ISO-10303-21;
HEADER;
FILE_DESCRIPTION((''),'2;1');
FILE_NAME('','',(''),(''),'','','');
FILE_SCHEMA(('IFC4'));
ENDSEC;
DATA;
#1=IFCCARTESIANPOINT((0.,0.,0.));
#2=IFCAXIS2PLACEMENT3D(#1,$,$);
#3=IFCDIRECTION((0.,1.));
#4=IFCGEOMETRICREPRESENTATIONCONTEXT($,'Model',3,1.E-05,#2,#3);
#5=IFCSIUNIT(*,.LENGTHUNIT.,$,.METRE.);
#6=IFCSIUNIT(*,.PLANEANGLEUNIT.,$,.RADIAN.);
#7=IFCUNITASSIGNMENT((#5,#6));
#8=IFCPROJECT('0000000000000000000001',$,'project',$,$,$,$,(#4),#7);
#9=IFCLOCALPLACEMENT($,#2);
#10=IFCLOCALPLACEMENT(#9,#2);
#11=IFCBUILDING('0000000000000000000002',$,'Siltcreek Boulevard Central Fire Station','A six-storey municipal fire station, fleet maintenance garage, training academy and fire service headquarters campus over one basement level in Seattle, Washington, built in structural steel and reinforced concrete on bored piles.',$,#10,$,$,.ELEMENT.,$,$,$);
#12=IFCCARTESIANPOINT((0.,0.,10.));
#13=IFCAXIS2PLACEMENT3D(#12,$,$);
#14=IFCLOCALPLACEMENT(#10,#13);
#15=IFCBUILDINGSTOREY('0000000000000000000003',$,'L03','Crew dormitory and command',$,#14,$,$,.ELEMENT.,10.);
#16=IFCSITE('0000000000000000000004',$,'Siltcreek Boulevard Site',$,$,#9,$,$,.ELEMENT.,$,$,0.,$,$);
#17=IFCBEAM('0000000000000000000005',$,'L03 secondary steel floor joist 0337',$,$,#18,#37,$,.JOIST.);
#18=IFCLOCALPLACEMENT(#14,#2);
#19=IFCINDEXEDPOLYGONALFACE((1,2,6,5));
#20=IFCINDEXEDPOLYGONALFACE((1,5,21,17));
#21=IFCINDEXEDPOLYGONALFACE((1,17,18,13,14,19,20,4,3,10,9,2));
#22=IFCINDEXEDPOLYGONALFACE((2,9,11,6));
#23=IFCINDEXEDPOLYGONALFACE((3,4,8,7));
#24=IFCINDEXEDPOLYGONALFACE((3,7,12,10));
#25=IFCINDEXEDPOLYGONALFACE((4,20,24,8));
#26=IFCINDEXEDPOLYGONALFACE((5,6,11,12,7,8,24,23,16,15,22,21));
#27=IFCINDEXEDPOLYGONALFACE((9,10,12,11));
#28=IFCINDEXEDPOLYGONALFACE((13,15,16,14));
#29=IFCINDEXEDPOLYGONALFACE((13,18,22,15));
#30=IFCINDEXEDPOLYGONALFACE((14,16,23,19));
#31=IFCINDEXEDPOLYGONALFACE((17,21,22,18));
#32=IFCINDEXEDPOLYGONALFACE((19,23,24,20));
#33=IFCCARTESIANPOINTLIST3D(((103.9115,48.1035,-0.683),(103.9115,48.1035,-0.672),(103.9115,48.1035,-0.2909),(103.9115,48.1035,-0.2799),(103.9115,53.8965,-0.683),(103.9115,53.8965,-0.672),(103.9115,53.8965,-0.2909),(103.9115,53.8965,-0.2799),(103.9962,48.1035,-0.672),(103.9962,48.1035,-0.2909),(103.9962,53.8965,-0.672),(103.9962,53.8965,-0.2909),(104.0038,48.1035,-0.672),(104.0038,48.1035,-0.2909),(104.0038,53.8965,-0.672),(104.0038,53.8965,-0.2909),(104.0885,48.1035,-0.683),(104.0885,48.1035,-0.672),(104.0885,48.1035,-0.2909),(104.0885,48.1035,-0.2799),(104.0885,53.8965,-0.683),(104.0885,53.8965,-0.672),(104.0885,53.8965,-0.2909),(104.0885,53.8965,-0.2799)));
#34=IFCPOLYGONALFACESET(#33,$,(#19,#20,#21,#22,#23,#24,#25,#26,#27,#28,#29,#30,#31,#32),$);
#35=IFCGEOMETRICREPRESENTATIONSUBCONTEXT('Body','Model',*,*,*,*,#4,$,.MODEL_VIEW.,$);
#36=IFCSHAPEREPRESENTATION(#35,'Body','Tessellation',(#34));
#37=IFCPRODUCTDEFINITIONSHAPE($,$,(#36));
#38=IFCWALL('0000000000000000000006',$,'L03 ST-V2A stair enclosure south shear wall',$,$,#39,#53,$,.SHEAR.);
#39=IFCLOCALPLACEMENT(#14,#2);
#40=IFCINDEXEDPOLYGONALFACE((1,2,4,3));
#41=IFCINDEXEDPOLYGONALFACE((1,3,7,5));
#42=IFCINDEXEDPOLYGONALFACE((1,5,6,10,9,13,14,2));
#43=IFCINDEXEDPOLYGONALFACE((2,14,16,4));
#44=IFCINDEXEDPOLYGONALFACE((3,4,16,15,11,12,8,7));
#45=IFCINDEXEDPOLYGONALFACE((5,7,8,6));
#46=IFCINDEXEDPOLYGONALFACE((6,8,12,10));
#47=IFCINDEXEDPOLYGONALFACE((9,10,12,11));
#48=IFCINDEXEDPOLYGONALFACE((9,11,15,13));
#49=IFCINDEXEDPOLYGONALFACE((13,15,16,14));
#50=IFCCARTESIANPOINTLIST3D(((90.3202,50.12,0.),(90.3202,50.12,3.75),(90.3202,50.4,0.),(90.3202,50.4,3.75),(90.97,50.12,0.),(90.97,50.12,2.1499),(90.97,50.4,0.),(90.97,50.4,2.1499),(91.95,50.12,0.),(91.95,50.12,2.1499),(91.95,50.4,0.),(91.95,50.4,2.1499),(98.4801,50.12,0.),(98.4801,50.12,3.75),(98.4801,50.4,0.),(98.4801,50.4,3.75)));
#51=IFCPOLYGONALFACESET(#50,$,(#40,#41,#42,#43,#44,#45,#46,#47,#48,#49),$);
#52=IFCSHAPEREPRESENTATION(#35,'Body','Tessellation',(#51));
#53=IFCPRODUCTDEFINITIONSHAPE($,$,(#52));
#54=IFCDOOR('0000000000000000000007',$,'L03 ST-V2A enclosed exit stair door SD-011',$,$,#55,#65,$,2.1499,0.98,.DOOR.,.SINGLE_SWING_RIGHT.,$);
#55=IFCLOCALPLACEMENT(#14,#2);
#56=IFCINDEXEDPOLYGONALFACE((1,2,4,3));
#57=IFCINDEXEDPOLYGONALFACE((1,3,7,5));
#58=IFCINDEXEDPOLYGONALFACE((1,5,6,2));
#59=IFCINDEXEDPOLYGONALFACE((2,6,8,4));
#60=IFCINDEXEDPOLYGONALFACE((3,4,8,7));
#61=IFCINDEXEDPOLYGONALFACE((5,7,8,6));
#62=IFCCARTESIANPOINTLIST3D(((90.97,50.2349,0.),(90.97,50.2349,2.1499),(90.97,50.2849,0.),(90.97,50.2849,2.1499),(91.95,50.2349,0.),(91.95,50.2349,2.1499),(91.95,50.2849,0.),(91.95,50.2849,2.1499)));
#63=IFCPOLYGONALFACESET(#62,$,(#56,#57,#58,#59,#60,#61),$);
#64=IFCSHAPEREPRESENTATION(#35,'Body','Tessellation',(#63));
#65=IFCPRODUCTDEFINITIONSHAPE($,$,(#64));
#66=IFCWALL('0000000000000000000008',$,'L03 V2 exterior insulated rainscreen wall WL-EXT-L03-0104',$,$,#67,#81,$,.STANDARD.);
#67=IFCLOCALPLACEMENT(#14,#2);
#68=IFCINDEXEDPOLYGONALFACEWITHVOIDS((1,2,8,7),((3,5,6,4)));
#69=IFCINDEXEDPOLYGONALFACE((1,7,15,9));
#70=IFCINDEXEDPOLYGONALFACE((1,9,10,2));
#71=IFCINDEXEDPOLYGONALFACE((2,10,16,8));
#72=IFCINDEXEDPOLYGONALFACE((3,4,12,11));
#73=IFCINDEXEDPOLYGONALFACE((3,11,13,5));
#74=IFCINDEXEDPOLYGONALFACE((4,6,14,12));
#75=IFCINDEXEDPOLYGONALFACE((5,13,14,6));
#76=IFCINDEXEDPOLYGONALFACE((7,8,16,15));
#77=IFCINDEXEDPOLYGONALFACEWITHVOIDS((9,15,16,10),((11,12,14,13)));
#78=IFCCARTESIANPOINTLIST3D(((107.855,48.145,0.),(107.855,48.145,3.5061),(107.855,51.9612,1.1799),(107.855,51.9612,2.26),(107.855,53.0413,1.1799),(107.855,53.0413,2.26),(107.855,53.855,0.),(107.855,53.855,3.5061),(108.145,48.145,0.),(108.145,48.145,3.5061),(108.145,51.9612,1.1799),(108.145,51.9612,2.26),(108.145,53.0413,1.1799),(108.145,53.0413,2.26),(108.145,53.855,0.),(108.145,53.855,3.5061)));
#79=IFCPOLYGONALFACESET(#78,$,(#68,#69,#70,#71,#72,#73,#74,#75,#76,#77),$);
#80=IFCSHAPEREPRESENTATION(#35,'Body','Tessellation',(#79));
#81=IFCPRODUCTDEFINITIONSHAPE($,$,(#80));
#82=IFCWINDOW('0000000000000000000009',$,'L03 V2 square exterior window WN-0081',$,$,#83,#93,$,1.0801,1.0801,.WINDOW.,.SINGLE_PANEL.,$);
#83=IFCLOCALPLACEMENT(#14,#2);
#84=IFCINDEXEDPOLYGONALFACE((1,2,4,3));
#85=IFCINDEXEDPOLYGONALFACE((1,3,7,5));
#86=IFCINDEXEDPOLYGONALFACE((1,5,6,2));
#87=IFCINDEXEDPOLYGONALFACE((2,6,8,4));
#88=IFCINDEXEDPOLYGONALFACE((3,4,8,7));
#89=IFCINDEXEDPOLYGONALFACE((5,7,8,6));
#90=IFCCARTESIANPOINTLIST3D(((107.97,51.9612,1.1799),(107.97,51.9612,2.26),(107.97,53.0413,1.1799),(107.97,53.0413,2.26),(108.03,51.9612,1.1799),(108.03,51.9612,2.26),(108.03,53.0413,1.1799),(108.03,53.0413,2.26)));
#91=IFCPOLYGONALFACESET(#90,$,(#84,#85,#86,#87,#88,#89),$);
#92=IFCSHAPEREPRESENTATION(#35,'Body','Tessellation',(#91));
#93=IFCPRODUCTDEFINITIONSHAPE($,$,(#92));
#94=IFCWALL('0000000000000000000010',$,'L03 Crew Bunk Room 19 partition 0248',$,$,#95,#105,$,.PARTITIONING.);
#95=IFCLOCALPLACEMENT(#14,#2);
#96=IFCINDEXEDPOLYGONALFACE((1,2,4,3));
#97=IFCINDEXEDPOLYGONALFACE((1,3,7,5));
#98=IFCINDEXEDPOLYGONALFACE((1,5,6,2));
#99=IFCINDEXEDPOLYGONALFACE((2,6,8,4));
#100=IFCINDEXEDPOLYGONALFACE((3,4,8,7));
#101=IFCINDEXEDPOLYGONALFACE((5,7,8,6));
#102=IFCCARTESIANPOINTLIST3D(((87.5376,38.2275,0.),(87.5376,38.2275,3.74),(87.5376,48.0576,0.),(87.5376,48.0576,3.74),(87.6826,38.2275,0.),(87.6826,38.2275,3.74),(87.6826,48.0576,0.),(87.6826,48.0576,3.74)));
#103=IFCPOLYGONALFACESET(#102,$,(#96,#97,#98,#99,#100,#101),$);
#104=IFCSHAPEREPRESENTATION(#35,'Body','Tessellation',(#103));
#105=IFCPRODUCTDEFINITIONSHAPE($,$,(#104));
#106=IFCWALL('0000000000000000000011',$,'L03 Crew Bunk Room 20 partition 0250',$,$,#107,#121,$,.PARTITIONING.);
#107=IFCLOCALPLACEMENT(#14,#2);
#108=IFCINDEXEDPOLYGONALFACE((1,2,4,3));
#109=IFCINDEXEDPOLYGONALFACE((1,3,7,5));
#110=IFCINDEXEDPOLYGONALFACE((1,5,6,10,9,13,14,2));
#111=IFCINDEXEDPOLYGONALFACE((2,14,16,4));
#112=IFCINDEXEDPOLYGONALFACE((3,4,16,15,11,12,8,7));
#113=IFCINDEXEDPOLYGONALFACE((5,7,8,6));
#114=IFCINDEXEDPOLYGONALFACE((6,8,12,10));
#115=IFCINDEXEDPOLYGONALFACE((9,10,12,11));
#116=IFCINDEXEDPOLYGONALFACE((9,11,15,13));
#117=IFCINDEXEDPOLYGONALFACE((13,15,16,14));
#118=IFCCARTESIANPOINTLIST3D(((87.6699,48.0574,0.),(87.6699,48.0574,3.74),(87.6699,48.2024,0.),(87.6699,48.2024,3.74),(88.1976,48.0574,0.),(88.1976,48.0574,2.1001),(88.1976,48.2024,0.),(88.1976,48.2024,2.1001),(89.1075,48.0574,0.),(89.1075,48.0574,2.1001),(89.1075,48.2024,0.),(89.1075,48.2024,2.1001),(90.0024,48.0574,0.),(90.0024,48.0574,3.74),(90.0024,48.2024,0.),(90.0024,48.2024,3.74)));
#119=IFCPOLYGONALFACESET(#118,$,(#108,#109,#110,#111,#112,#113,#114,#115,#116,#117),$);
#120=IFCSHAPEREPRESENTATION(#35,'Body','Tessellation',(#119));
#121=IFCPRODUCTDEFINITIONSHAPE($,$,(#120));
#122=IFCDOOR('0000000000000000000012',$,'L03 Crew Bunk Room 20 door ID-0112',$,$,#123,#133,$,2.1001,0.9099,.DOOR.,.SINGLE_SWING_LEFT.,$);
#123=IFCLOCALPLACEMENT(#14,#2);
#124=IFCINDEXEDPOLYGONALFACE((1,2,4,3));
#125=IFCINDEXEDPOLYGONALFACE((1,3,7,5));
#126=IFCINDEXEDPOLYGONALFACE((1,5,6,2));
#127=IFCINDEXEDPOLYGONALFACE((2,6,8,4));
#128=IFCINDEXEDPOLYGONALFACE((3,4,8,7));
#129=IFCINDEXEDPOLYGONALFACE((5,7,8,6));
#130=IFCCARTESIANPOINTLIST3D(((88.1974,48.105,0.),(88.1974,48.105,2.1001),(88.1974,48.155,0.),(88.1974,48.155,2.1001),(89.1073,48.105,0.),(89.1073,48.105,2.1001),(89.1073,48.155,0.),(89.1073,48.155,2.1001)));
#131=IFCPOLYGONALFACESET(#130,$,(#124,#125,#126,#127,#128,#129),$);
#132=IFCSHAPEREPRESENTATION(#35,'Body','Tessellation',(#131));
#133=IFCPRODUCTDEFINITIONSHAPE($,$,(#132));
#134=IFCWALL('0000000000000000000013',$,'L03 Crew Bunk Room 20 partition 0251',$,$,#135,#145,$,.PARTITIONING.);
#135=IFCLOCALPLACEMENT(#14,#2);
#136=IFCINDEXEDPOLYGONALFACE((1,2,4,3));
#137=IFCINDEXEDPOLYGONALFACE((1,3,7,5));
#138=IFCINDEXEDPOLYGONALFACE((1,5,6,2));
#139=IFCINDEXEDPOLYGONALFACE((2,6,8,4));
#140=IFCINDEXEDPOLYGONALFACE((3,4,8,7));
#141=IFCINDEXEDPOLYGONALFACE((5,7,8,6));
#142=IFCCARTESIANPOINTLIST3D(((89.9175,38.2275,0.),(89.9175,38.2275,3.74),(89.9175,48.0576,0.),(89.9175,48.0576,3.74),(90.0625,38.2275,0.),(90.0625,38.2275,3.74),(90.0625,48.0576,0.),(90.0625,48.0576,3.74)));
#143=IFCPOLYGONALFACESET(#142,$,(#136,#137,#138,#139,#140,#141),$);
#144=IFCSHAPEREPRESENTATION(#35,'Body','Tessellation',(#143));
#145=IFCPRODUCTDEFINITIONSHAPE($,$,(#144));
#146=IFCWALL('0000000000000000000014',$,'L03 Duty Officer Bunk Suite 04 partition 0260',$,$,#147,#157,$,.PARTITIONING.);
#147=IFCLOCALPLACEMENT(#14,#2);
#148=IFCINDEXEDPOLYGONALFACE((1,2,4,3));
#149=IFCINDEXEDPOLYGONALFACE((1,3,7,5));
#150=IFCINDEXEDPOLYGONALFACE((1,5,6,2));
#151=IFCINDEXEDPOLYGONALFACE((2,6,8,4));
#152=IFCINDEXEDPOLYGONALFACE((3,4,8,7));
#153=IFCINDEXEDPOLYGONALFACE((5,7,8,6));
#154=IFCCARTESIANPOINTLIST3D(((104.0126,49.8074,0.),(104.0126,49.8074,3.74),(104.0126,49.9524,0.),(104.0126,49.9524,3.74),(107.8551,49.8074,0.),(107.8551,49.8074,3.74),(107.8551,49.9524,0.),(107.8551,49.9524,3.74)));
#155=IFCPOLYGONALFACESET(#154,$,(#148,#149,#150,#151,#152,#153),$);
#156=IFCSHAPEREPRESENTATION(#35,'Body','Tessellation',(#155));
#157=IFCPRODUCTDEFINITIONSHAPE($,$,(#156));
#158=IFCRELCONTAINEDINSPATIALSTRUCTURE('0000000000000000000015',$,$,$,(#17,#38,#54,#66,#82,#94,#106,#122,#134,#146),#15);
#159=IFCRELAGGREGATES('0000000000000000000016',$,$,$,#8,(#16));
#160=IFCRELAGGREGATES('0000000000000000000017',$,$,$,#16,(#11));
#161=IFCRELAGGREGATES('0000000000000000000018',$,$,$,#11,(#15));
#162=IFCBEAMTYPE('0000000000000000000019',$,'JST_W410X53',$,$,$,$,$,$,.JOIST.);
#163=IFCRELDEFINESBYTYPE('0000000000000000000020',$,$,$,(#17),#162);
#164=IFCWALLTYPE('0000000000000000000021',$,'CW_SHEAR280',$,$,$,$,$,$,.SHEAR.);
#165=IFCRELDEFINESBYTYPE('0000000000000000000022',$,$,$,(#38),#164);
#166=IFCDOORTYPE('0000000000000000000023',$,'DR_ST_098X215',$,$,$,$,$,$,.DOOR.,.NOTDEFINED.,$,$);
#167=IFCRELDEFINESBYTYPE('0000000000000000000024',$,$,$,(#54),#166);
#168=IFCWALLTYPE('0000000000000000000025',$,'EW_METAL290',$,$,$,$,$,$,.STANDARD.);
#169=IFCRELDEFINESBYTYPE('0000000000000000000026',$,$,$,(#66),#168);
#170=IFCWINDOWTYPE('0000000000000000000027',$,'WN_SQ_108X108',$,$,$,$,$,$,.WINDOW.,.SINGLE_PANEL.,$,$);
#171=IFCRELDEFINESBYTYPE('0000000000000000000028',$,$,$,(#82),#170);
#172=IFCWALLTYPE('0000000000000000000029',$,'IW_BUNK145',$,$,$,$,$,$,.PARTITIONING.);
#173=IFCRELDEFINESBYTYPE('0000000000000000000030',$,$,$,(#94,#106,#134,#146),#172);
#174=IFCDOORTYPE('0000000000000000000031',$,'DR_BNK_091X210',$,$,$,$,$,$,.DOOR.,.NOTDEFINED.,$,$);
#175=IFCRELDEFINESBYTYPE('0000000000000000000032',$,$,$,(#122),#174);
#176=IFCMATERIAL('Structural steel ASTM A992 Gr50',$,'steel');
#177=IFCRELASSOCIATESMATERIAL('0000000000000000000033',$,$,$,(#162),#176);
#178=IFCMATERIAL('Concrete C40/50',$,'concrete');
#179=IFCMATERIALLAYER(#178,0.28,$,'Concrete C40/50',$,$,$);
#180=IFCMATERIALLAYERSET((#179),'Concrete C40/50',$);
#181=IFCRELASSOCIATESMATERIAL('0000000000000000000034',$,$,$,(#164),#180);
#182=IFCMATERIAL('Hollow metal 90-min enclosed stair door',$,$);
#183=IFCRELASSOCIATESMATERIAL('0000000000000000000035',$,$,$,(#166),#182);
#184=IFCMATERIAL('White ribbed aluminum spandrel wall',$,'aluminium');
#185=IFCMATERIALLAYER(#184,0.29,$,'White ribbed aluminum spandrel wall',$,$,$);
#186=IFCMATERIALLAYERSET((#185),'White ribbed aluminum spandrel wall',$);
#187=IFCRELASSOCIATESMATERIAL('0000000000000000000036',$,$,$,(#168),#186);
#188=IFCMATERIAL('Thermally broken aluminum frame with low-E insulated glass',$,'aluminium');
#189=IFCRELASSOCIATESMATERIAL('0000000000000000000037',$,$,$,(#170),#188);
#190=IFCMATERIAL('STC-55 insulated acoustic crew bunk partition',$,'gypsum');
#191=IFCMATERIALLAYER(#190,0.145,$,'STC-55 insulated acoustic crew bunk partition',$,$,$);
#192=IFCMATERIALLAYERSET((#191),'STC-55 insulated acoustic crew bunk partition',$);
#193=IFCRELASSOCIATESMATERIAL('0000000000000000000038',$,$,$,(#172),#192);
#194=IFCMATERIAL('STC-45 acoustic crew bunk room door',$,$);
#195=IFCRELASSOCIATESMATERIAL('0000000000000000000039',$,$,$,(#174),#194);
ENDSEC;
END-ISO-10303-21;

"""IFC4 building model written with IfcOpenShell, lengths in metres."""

from ifc_helpers import new_model, si_unit, direction, frame, frame_2d, origin, origin_2d, place, context, subcontext, project, spatial, rectangle, i_section, extrude, material, layer, layer_set, material_profile, profile_set, type_object, element, fill, save


model = new_model("IFC4")

# Units and contexts
model_context = context("Model", 3, precision=1e-05, world=origin(), true_north=direction((0.0, 1.0)))
body_context = subcontext(model_context, "Body", "Model", "MODEL_VIEW")
ifc_project = project(units=[si_unit("LENGTHUNIT", "METRE"), si_unit("PLANEANGLEUNIT", "RADIAN")], contexts=[model_context])

# Site, building, storey
site_placement = place(None, origin())
site = spatial("IfcSite", under=ifc_project, at=site_placement, Name="Siltcreek Boulevard Site", CompositionType="ELEMENT", RefElevation=0.0)
building_placement = place(site_placement, origin())
building = spatial("IfcBuilding", under=site, at=building_placement, Name="Siltcreek Boulevard Central Fire Station", Description="A six-storey municipal fire station, fleet maintenance garage, training academy and fire service headquarters campus over one basement level in Seattle, Washington, built in structural steel and reinforced concrete on bored piles.", CompositionType="ELEMENT")
storey_placement = place(building_placement, frame((0.0, 0.0, 10.0)))
storey = spatial("IfcBuildingStorey", under=building, at=storey_placement, Name="L03", Description="Crew dormitory and command", CompositionType="ELEMENT", Elevation=10.0)

# Beam
ifc_material_1 = material(Name="Structural steel ASTM A992 Gr50", Category="steel")
ifc_material_profile_1 = material_profile(ifc_material_1, i_section(OverallWidth=0.177, OverallDepth=0.4031, WebThickness=0.0076, FlangeThickness=0.011, at=origin_2d()), Name="W410X53")
ifc_profile_set_1 = profile_set([ifc_material_profile_1], Name="Structural steel ASTM A992 Gr50")
beam_type_1 = type_object("IfcBeamType", Name="JST_W410X53", PredefinedType="JOIST", material=ifc_profile_set_1)
beam_1_placement = place(storey_placement, frame((104.0, 48.1035, -0.4814), z_axis=(0.0, 1.0, 0.0), x_axis=(-1.0, 0.0, 0.0)))
element("IfcBeam", 1, at=beam_1_placement, inside=storey, type_object=beam_type_1, Name="L03 secondary steel floor joist 0337", PredefinedType="JOIST", context=body_context, shape_type="SweptSolid", body=[
    extrude(i_section(OverallWidth=0.177, OverallDepth=0.4031, WebThickness=0.0076, FlangeThickness=0.011, at=origin_2d()), origin(), (0.0, 0.0, 1.0), 5.793),
])

# Wall, opening, door
ifc_material_2 = material(Name="Concrete C40/50", Category="concrete")
ifc_layer_1 = layer(ifc_material_2, 0.28, Name="Concrete C40/50")
ifc_layer_set_1 = layer_set([ifc_layer_1], Name="Concrete C40/50")
wall_type_1 = type_object("IfcWallType", Name="CW_SHEAR280", PredefinedType="SHEAR", material=ifc_layer_set_1)
wall_1_placement = place(storey_placement, frame((90.3201, 50.26, 0.0), z_axis=(0.0, 0.0, 1.0), x_axis=(1.0, 0.0, 0.0)))
wall_1 = element("IfcWall", 2, at=wall_1_placement, inside=storey, type_object=wall_type_1, Name="L03 ST-V2A stair enclosure south shear wall", PredefinedType="SHEAR", context=body_context, shape_type="SweptSolid", body=[
    extrude(rectangle(XDim=8.1599, YDim=0.28, at=frame_2d((4.0801, 0.0))), origin(), (0.0, 0.0, 1.0), 3.75),
])
opening_1_placement = place(wall_1_placement, frame((0.6499, 0.0, 0.0)))
opening_1 = element("IfcOpeningElement", 3, at=opening_1_placement, cuts=wall_1, PredefinedType="OPENING", context=body_context, shape_type="SweptSolid", body=[
    extrude(rectangle(XDim=0.98, YDim=2.1499, at=frame_2d((0.49, 1.075))), frame((0.0, 0.1499, 0.0), z_axis=(0.0, -1.0, 0.0), x_axis=(1.0, 0.0, 0.0)), (0.0, 0.0, 1.0), 0.3),
])
ifc_material_3 = material(Name="Hollow metal 90-min enclosed stair door")
door_type_1 = type_object("IfcDoorType", Name="DR_ST_098X215", OperationType="NOTDEFINED", PredefinedType="DOOR", material=ifc_material_3)
door_1_placement = place(opening_1_placement, origin())
door_1 = element("IfcDoor", 4, at=door_1_placement, inside=storey, type_object=door_type_1, Name="L03 ST-V2A enclosed exit stair door SD-011", OperationType="SINGLE_SWING_RIGHT", OverallHeight=2.1499, OverallWidth=0.98, PredefinedType="DOOR", context=body_context, shape_type="SweptSolid", body=[
    extrude(rectangle(XDim=0.98, YDim=2.1499, at=frame_2d((0.49, 1.075))), frame((0.0, 0.0249, 0.0), z_axis=(0.0, -1.0, 0.0), x_axis=(1.0, 0.0, 0.0)), (0.0, 0.0, 1.0), 0.05),
])
fill(opening_1, door_1)

# Wall, opening, window
ifc_material_4 = material(Name="White ribbed aluminum spandrel wall", Category="aluminium")
ifc_layer_2 = layer(ifc_material_4, 0.29, Name="White ribbed aluminum spandrel wall")
ifc_layer_set_2 = layer_set([ifc_layer_2], Name="White ribbed aluminum spandrel wall")
wall_type_2 = type_object("IfcWallType", Name="EW_METAL290", PredefinedType="STANDARD", material=ifc_layer_set_2)
wall_2_placement = place(storey_placement, frame((108.0, 48.145, 0.0), z_axis=(0.0, 0.0, 1.0), x_axis=(0.0, 1.0, 0.0)))
wall_2 = element("IfcWall", 5, at=wall_2_placement, inside=storey, type_object=wall_type_2, Name="L03 V2 exterior insulated rainscreen wall WL-EXT-L03-0104", PredefinedType="STANDARD", context=body_context, shape_type="SweptSolid", body=[
    extrude(rectangle(XDim=5.71, YDim=0.29, at=frame_2d((2.855, 0.0))), origin(), (0.0, 0.0, 1.0), 3.5061),
])
opening_2_placement = place(wall_2_placement, frame((3.8162, 0.0, 1.1799)))
opening_2 = element("IfcOpeningElement", 6, at=opening_2_placement, cuts=wall_2, PredefinedType="OPENING", context=body_context, shape_type="SweptSolid", body=[
    extrude(rectangle(XDim=1.0801, YDim=1.0801, at=frame_2d((0.54, 0.54))), frame((0.0, 0.155, 0.0), z_axis=(0.0, -1.0, 0.0), x_axis=(1.0, 0.0, 0.0)), (0.0, 0.0, 1.0), 0.3101),
])
ifc_material_5 = material(Name="Thermally broken aluminum frame with low-E insulated glass", Category="aluminium")
window_type = type_object("IfcWindowType", Name="WN_SQ_108X108", PartitioningType="SINGLE_PANEL", PredefinedType="WINDOW", material=ifc_material_5)
window_placement = place(opening_2_placement, origin())
window = element("IfcWindow", 7, at=window_placement, inside=storey, type_object=window_type, Name="L03 V2 square exterior window WN-0081", OverallHeight=1.0801, OverallWidth=1.0801, PartitioningType="SINGLE_PANEL", PredefinedType="WINDOW", context=body_context, shape_type="SweptSolid", body=[
    extrude(rectangle(XDim=1.0801, YDim=1.0801, at=frame_2d((0.54, 0.54))), frame((0.0, 0.03, 0.0), z_axis=(0.0, -1.0, 0.0), x_axis=(1.0, 0.0, 0.0)), (0.0, 0.0, 1.0), 0.0601),
])
fill(opening_2, window)

# Wall
ifc_material_6 = material(Name="STC-55 insulated acoustic crew bunk partition", Category="gypsum")
ifc_layer_3 = layer(ifc_material_6, 0.145, Name="STC-55 insulated acoustic crew bunk partition")
ifc_layer_set_3 = layer_set([ifc_layer_3], Name="STC-55 insulated acoustic crew bunk partition")
wall_type_3 = type_object("IfcWallType", Name="IW_BUNK145", PredefinedType="PARTITIONING", material=ifc_layer_set_3)
wall_3_placement = place(storey_placement, frame((87.6101, 48.0576, 0.0), z_axis=(0.0, 0.0, 1.0), x_axis=(0.0, -1.0, 0.0)))
element("IfcWall", 8, at=wall_3_placement, inside=storey, type_object=wall_type_3, Name="L03 Crew Bunk Room 19 partition 0248", PredefinedType="PARTITIONING", context=body_context, shape_type="SweptSolid", body=[
    extrude(rectangle(XDim=9.8301, YDim=0.145, at=frame_2d((4.915, 0.0))), origin(), (0.0, 0.0, 1.0), 3.74),
])

# Wall, opening, door
wall_4_placement = place(storey_placement, frame((87.6699, 48.1299, 0.0), z_axis=(0.0, 0.0, 1.0), x_axis=(1.0, 0.0, 0.0)))
wall_4 = element("IfcWall", 9, at=wall_4_placement, inside=storey, type_object=wall_type_3, Name="L03 Crew Bunk Room 20 partition 0250", PredefinedType="PARTITIONING", context=body_context, shape_type="SweptSolid", body=[
    extrude(rectangle(XDim=2.3325, YDim=0.145, at=frame_2d((1.1663, 0.0))), origin(), (0.0, 0.0, 1.0), 3.74),
])
opening_3_placement = place(wall_4_placement, frame((0.5276, 0.0, 0.0)))
opening_3 = element("IfcOpeningElement", 10, at=opening_3_placement, cuts=wall_4, PredefinedType="OPENING", context=body_context, shape_type="SweptSolid", body=[
    extrude(rectangle(XDim=0.9099, YDim=2.1001, at=frame_2d((0.4551, 1.05))), frame((0.0, 0.0825, 0.0), z_axis=(0.0, -1.0, 0.0), x_axis=(1.0, 0.0, 0.0)), (0.0, 0.0, 1.0), 0.165),
])
ifc_material_7 = material(Name="STC-45 acoustic crew bunk room door")
door_type_2 = type_object("IfcDoorType", Name="DR_BNK_091X210", OperationType="NOTDEFINED", PredefinedType="DOOR", material=ifc_material_7)
door_2_placement = place(opening_3_placement, frame((0.9099, 0.0, 0.0), z_axis=(0.0, 0.0, 1.0), x_axis=(-1.0, 0.0, 0.0)))
door_2 = element("IfcDoor", 11, at=door_2_placement, inside=storey, type_object=door_type_2, Name="L03 Crew Bunk Room 20 door ID-0112", OperationType="SINGLE_SWING_LEFT", OverallHeight=2.1001, OverallWidth=0.9099, PredefinedType="DOOR", context=body_context, shape_type="SweptSolid", body=[
    extrude(rectangle(XDim=0.9099, YDim=2.1001, at=frame_2d((0.4551, 1.05))), frame((0.0, 0.0249, 0.0), z_axis=(0.0, -1.0, 0.0), x_axis=(1.0, 0.0, 0.0)), (0.0, 0.0, 1.0), 0.05),
])
fill(opening_3, door_2)

# Walls
wall_5_placement = place(storey_placement, frame((89.99, 48.0576, 0.0), z_axis=(0.0, 0.0, 1.0), x_axis=(0.0, -1.0, 0.0)))
element("IfcWall", 12, at=wall_5_placement, inside=storey, type_object=wall_type_3, Name="L03 Crew Bunk Room 20 partition 0251", PredefinedType="PARTITIONING", context=body_context, shape_type="SweptSolid", body=[
    extrude(rectangle(XDim=9.8301, YDim=0.145, at=frame_2d((4.915, 0.0))), origin(), (0.0, 0.0, 1.0), 3.74),
])
wall_6_placement = place(storey_placement, frame((104.0125, 49.8799, 0.0), z_axis=(0.0, 0.0, 1.0), x_axis=(1.0, 0.0, 0.0)))
element("IfcWall", 13, at=wall_6_placement, inside=storey, type_object=wall_type_3, Name="L03 Duty Officer Bunk Suite 04 partition 0260", PredefinedType="PARTITIONING", context=body_context, shape_type="SweptSolid", body=[
    extrude(rectangle(XDim=3.8425, YDim=0.145, at=frame_2d((1.9214, 0.0))), origin(), (0.0, 0.0, 1.0), 3.74),
])

save(model, "model.ifc")
